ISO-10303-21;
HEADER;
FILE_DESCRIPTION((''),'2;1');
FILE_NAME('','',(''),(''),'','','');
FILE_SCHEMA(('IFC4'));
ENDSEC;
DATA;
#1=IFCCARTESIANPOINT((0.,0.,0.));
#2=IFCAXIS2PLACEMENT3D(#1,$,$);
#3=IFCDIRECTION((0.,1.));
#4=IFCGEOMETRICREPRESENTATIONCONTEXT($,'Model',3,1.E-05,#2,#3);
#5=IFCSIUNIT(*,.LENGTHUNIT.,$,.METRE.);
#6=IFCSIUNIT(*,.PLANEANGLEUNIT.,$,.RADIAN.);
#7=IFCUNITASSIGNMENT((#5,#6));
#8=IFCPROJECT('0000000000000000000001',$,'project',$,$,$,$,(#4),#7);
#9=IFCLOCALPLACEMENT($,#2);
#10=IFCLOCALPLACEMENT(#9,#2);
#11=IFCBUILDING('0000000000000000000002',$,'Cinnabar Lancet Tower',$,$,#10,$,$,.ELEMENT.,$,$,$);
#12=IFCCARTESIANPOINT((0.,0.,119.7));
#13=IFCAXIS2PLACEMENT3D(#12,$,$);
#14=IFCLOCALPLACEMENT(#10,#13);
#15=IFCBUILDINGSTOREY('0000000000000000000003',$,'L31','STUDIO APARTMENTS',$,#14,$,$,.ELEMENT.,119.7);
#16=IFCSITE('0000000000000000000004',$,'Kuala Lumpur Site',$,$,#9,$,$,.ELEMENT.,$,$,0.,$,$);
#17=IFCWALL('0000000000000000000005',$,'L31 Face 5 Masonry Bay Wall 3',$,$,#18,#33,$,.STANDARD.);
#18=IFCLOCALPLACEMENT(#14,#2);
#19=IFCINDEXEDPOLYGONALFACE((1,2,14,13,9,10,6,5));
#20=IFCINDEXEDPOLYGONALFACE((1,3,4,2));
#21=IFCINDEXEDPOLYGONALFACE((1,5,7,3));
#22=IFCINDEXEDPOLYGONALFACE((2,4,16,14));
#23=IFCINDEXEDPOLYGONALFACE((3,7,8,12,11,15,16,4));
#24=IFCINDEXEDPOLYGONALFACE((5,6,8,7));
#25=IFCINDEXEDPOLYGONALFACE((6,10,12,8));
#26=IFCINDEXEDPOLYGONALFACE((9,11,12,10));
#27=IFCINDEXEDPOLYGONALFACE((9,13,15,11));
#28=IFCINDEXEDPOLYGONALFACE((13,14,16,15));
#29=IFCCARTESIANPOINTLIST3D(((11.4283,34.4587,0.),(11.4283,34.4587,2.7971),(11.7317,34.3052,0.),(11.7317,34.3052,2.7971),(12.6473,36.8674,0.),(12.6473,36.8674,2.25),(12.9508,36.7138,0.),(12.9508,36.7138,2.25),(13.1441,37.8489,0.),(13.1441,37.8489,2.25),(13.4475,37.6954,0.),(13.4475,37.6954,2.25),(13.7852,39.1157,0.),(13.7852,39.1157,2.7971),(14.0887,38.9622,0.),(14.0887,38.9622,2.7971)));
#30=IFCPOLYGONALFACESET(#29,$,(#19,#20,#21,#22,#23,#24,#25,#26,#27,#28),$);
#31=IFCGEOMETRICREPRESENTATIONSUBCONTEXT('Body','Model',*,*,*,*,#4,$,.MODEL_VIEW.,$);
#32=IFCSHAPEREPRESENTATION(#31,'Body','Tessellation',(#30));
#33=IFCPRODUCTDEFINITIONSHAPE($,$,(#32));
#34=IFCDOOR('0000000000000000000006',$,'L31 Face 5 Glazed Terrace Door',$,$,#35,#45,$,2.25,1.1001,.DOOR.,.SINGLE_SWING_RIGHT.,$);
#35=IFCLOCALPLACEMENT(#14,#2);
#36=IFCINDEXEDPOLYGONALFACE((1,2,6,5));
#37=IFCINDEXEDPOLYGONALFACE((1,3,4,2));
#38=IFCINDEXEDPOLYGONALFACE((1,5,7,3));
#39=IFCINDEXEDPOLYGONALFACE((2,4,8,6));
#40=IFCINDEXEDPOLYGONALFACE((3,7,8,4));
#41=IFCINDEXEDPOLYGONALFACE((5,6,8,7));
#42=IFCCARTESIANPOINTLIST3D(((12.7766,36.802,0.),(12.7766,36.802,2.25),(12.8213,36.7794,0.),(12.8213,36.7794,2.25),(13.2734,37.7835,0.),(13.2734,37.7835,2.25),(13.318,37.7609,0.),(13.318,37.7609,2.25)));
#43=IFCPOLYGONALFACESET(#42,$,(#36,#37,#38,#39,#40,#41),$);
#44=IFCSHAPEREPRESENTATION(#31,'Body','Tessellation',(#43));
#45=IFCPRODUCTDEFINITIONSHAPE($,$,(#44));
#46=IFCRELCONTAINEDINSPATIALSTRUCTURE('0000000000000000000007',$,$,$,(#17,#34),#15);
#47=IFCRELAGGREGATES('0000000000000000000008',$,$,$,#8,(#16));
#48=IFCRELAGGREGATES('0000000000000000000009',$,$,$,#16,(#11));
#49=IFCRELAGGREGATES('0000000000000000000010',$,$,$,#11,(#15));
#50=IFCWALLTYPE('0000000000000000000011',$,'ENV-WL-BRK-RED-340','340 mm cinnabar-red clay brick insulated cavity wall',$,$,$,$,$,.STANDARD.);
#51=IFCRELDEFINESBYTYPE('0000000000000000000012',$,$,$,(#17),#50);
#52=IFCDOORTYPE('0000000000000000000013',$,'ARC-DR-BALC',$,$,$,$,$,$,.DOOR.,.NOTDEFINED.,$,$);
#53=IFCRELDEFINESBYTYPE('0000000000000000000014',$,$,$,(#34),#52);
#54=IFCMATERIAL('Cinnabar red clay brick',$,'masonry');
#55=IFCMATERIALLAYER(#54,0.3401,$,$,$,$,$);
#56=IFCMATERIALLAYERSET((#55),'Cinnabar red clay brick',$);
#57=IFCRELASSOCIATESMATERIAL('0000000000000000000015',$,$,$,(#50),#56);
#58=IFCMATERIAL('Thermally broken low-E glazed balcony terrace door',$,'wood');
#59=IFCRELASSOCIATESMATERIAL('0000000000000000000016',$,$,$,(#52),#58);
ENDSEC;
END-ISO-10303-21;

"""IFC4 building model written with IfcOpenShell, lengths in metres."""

from ifc_helpers import new_model, si_unit, direction, frame, frame_2d, origin, place, context, subcontext, project, spatial, rectangle, extrude, material, layer, layer_set, type_object, element, fill, save


model = new_model("IFC4")

# Units and contexts
model_context = context("Model", 3, precision=1e-05, world=origin(), true_north=direction((0.0, 1.0)))
body_context = subcontext(model_context, "Body", "Model", "MODEL_VIEW")
ifc_project = project(units=[si_unit("LENGTHUNIT", "METRE"), si_unit("PLANEANGLEUNIT", "RADIAN")], contexts=[model_context])

# Site, building, storey
site_placement = place(None, origin())
site = spatial("IfcSite", under=ifc_project, at=site_placement, Name="Kuala Lumpur Site", CompositionType="ELEMENT", RefElevation=0.0)
building_placement = place(site_placement, origin())
building = spatial("IfcBuilding", under=site, at=building_placement, Name="Cinnabar Lancet Tower", CompositionType="ELEMENT")
storey_placement = place(building_placement, frame((0.0, 0.0, 119.7)))
storey = spatial("IfcBuildingStorey", under=building, at=storey_placement, Name="L31", Description="STUDIO APARTMENTS", CompositionType="ELEMENT", Elevation=119.7)

# Shared definitions
ifc_material_1 = material(Name="Cinnabar red clay brick", Category="masonry")
ifc_layer_1 = layer(ifc_material_1, 0.3401)
ifc_layer_set_1 = layer_set([ifc_layer_1], Name="Cinnabar red clay brick")
wall_type_1 = type_object("IfcWallType", Name="ENV-WL-BRK-RED-340", Description="340 mm cinnabar-red clay brick insulated cavity wall", PredefinedType="STANDARD", material=ifc_layer_set_1)

# Wall, opening, door
wall_1_placement = place(storey_placement, frame((13.937, 39.0391, 0.0), z_axis=(0.0, 0.0, 1.0), x_axis=(-0.451568, -0.892237, 0.0)))
wall_1 = element("IfcWall", 1, at=wall_1_placement, inside=storey, type_object=wall_type_1, Name="L31 Face 5 Masonry Bay Wall 3", PredefinedType="STANDARD", context=body_context, shape_type="SweptSolid", body=[
    extrude(rectangle(XDim=5.2195, YDim=0.3401, at=frame_2d((2.6099, 0.0))), origin(), (0.0, 0.0, 1.0), 2.7971),
])
opening_1_placement = place(wall_1_placement, frame((1.4199, 0.0, 0.0)))
opening_1 = element("IfcOpeningElement", 2, at=opening_1_placement, cuts=wall_1, PredefinedType="OPENING", context=body_context, shape_type="SweptSolid", body=[
    extrude(rectangle(XDim=1.1001, YDim=2.25, at=frame_2d((0.55, 1.125))), frame((0.0, 0.1799, 0.0), z_axis=(0.0, -1.0, 0.0), x_axis=(1.0, 0.0, 0.0)), (0.0, 0.0, 1.0), 0.3601),
])
ifc_material_2 = material(Name="Thermally broken low-E glazed balcony terrace door", Category="wood")
door_type_1 = type_object("IfcDoorType", Name="ARC-DR-BALC", OperationType="NOTDEFINED", PredefinedType="DOOR", material=ifc_material_2)
door_1_placement = place(opening_1_placement, origin())
door_1 = element("IfcDoor", 3, at=door_1_placement, inside=storey, type_object=door_type_1, Name="L31 Face 5 Glazed Terrace Door", OperationType="SINGLE_SWING_RIGHT", OverallHeight=2.25, OverallWidth=1.1001, PredefinedType="DOOR", context=body_context, shape_type="SweptSolid", body=[
    extrude(rectangle(XDim=1.1001, YDim=2.25, at=frame_2d((0.55, 1.125))), frame((0.0, 0.0249, 0.0), z_axis=(0.0, -1.0, 0.0), x_axis=(1.0, 0.0, 0.0)), (0.0, 0.0, 1.0), 0.05),
])
fill(opening_1, door_1)

save(model, "model.ifc")
